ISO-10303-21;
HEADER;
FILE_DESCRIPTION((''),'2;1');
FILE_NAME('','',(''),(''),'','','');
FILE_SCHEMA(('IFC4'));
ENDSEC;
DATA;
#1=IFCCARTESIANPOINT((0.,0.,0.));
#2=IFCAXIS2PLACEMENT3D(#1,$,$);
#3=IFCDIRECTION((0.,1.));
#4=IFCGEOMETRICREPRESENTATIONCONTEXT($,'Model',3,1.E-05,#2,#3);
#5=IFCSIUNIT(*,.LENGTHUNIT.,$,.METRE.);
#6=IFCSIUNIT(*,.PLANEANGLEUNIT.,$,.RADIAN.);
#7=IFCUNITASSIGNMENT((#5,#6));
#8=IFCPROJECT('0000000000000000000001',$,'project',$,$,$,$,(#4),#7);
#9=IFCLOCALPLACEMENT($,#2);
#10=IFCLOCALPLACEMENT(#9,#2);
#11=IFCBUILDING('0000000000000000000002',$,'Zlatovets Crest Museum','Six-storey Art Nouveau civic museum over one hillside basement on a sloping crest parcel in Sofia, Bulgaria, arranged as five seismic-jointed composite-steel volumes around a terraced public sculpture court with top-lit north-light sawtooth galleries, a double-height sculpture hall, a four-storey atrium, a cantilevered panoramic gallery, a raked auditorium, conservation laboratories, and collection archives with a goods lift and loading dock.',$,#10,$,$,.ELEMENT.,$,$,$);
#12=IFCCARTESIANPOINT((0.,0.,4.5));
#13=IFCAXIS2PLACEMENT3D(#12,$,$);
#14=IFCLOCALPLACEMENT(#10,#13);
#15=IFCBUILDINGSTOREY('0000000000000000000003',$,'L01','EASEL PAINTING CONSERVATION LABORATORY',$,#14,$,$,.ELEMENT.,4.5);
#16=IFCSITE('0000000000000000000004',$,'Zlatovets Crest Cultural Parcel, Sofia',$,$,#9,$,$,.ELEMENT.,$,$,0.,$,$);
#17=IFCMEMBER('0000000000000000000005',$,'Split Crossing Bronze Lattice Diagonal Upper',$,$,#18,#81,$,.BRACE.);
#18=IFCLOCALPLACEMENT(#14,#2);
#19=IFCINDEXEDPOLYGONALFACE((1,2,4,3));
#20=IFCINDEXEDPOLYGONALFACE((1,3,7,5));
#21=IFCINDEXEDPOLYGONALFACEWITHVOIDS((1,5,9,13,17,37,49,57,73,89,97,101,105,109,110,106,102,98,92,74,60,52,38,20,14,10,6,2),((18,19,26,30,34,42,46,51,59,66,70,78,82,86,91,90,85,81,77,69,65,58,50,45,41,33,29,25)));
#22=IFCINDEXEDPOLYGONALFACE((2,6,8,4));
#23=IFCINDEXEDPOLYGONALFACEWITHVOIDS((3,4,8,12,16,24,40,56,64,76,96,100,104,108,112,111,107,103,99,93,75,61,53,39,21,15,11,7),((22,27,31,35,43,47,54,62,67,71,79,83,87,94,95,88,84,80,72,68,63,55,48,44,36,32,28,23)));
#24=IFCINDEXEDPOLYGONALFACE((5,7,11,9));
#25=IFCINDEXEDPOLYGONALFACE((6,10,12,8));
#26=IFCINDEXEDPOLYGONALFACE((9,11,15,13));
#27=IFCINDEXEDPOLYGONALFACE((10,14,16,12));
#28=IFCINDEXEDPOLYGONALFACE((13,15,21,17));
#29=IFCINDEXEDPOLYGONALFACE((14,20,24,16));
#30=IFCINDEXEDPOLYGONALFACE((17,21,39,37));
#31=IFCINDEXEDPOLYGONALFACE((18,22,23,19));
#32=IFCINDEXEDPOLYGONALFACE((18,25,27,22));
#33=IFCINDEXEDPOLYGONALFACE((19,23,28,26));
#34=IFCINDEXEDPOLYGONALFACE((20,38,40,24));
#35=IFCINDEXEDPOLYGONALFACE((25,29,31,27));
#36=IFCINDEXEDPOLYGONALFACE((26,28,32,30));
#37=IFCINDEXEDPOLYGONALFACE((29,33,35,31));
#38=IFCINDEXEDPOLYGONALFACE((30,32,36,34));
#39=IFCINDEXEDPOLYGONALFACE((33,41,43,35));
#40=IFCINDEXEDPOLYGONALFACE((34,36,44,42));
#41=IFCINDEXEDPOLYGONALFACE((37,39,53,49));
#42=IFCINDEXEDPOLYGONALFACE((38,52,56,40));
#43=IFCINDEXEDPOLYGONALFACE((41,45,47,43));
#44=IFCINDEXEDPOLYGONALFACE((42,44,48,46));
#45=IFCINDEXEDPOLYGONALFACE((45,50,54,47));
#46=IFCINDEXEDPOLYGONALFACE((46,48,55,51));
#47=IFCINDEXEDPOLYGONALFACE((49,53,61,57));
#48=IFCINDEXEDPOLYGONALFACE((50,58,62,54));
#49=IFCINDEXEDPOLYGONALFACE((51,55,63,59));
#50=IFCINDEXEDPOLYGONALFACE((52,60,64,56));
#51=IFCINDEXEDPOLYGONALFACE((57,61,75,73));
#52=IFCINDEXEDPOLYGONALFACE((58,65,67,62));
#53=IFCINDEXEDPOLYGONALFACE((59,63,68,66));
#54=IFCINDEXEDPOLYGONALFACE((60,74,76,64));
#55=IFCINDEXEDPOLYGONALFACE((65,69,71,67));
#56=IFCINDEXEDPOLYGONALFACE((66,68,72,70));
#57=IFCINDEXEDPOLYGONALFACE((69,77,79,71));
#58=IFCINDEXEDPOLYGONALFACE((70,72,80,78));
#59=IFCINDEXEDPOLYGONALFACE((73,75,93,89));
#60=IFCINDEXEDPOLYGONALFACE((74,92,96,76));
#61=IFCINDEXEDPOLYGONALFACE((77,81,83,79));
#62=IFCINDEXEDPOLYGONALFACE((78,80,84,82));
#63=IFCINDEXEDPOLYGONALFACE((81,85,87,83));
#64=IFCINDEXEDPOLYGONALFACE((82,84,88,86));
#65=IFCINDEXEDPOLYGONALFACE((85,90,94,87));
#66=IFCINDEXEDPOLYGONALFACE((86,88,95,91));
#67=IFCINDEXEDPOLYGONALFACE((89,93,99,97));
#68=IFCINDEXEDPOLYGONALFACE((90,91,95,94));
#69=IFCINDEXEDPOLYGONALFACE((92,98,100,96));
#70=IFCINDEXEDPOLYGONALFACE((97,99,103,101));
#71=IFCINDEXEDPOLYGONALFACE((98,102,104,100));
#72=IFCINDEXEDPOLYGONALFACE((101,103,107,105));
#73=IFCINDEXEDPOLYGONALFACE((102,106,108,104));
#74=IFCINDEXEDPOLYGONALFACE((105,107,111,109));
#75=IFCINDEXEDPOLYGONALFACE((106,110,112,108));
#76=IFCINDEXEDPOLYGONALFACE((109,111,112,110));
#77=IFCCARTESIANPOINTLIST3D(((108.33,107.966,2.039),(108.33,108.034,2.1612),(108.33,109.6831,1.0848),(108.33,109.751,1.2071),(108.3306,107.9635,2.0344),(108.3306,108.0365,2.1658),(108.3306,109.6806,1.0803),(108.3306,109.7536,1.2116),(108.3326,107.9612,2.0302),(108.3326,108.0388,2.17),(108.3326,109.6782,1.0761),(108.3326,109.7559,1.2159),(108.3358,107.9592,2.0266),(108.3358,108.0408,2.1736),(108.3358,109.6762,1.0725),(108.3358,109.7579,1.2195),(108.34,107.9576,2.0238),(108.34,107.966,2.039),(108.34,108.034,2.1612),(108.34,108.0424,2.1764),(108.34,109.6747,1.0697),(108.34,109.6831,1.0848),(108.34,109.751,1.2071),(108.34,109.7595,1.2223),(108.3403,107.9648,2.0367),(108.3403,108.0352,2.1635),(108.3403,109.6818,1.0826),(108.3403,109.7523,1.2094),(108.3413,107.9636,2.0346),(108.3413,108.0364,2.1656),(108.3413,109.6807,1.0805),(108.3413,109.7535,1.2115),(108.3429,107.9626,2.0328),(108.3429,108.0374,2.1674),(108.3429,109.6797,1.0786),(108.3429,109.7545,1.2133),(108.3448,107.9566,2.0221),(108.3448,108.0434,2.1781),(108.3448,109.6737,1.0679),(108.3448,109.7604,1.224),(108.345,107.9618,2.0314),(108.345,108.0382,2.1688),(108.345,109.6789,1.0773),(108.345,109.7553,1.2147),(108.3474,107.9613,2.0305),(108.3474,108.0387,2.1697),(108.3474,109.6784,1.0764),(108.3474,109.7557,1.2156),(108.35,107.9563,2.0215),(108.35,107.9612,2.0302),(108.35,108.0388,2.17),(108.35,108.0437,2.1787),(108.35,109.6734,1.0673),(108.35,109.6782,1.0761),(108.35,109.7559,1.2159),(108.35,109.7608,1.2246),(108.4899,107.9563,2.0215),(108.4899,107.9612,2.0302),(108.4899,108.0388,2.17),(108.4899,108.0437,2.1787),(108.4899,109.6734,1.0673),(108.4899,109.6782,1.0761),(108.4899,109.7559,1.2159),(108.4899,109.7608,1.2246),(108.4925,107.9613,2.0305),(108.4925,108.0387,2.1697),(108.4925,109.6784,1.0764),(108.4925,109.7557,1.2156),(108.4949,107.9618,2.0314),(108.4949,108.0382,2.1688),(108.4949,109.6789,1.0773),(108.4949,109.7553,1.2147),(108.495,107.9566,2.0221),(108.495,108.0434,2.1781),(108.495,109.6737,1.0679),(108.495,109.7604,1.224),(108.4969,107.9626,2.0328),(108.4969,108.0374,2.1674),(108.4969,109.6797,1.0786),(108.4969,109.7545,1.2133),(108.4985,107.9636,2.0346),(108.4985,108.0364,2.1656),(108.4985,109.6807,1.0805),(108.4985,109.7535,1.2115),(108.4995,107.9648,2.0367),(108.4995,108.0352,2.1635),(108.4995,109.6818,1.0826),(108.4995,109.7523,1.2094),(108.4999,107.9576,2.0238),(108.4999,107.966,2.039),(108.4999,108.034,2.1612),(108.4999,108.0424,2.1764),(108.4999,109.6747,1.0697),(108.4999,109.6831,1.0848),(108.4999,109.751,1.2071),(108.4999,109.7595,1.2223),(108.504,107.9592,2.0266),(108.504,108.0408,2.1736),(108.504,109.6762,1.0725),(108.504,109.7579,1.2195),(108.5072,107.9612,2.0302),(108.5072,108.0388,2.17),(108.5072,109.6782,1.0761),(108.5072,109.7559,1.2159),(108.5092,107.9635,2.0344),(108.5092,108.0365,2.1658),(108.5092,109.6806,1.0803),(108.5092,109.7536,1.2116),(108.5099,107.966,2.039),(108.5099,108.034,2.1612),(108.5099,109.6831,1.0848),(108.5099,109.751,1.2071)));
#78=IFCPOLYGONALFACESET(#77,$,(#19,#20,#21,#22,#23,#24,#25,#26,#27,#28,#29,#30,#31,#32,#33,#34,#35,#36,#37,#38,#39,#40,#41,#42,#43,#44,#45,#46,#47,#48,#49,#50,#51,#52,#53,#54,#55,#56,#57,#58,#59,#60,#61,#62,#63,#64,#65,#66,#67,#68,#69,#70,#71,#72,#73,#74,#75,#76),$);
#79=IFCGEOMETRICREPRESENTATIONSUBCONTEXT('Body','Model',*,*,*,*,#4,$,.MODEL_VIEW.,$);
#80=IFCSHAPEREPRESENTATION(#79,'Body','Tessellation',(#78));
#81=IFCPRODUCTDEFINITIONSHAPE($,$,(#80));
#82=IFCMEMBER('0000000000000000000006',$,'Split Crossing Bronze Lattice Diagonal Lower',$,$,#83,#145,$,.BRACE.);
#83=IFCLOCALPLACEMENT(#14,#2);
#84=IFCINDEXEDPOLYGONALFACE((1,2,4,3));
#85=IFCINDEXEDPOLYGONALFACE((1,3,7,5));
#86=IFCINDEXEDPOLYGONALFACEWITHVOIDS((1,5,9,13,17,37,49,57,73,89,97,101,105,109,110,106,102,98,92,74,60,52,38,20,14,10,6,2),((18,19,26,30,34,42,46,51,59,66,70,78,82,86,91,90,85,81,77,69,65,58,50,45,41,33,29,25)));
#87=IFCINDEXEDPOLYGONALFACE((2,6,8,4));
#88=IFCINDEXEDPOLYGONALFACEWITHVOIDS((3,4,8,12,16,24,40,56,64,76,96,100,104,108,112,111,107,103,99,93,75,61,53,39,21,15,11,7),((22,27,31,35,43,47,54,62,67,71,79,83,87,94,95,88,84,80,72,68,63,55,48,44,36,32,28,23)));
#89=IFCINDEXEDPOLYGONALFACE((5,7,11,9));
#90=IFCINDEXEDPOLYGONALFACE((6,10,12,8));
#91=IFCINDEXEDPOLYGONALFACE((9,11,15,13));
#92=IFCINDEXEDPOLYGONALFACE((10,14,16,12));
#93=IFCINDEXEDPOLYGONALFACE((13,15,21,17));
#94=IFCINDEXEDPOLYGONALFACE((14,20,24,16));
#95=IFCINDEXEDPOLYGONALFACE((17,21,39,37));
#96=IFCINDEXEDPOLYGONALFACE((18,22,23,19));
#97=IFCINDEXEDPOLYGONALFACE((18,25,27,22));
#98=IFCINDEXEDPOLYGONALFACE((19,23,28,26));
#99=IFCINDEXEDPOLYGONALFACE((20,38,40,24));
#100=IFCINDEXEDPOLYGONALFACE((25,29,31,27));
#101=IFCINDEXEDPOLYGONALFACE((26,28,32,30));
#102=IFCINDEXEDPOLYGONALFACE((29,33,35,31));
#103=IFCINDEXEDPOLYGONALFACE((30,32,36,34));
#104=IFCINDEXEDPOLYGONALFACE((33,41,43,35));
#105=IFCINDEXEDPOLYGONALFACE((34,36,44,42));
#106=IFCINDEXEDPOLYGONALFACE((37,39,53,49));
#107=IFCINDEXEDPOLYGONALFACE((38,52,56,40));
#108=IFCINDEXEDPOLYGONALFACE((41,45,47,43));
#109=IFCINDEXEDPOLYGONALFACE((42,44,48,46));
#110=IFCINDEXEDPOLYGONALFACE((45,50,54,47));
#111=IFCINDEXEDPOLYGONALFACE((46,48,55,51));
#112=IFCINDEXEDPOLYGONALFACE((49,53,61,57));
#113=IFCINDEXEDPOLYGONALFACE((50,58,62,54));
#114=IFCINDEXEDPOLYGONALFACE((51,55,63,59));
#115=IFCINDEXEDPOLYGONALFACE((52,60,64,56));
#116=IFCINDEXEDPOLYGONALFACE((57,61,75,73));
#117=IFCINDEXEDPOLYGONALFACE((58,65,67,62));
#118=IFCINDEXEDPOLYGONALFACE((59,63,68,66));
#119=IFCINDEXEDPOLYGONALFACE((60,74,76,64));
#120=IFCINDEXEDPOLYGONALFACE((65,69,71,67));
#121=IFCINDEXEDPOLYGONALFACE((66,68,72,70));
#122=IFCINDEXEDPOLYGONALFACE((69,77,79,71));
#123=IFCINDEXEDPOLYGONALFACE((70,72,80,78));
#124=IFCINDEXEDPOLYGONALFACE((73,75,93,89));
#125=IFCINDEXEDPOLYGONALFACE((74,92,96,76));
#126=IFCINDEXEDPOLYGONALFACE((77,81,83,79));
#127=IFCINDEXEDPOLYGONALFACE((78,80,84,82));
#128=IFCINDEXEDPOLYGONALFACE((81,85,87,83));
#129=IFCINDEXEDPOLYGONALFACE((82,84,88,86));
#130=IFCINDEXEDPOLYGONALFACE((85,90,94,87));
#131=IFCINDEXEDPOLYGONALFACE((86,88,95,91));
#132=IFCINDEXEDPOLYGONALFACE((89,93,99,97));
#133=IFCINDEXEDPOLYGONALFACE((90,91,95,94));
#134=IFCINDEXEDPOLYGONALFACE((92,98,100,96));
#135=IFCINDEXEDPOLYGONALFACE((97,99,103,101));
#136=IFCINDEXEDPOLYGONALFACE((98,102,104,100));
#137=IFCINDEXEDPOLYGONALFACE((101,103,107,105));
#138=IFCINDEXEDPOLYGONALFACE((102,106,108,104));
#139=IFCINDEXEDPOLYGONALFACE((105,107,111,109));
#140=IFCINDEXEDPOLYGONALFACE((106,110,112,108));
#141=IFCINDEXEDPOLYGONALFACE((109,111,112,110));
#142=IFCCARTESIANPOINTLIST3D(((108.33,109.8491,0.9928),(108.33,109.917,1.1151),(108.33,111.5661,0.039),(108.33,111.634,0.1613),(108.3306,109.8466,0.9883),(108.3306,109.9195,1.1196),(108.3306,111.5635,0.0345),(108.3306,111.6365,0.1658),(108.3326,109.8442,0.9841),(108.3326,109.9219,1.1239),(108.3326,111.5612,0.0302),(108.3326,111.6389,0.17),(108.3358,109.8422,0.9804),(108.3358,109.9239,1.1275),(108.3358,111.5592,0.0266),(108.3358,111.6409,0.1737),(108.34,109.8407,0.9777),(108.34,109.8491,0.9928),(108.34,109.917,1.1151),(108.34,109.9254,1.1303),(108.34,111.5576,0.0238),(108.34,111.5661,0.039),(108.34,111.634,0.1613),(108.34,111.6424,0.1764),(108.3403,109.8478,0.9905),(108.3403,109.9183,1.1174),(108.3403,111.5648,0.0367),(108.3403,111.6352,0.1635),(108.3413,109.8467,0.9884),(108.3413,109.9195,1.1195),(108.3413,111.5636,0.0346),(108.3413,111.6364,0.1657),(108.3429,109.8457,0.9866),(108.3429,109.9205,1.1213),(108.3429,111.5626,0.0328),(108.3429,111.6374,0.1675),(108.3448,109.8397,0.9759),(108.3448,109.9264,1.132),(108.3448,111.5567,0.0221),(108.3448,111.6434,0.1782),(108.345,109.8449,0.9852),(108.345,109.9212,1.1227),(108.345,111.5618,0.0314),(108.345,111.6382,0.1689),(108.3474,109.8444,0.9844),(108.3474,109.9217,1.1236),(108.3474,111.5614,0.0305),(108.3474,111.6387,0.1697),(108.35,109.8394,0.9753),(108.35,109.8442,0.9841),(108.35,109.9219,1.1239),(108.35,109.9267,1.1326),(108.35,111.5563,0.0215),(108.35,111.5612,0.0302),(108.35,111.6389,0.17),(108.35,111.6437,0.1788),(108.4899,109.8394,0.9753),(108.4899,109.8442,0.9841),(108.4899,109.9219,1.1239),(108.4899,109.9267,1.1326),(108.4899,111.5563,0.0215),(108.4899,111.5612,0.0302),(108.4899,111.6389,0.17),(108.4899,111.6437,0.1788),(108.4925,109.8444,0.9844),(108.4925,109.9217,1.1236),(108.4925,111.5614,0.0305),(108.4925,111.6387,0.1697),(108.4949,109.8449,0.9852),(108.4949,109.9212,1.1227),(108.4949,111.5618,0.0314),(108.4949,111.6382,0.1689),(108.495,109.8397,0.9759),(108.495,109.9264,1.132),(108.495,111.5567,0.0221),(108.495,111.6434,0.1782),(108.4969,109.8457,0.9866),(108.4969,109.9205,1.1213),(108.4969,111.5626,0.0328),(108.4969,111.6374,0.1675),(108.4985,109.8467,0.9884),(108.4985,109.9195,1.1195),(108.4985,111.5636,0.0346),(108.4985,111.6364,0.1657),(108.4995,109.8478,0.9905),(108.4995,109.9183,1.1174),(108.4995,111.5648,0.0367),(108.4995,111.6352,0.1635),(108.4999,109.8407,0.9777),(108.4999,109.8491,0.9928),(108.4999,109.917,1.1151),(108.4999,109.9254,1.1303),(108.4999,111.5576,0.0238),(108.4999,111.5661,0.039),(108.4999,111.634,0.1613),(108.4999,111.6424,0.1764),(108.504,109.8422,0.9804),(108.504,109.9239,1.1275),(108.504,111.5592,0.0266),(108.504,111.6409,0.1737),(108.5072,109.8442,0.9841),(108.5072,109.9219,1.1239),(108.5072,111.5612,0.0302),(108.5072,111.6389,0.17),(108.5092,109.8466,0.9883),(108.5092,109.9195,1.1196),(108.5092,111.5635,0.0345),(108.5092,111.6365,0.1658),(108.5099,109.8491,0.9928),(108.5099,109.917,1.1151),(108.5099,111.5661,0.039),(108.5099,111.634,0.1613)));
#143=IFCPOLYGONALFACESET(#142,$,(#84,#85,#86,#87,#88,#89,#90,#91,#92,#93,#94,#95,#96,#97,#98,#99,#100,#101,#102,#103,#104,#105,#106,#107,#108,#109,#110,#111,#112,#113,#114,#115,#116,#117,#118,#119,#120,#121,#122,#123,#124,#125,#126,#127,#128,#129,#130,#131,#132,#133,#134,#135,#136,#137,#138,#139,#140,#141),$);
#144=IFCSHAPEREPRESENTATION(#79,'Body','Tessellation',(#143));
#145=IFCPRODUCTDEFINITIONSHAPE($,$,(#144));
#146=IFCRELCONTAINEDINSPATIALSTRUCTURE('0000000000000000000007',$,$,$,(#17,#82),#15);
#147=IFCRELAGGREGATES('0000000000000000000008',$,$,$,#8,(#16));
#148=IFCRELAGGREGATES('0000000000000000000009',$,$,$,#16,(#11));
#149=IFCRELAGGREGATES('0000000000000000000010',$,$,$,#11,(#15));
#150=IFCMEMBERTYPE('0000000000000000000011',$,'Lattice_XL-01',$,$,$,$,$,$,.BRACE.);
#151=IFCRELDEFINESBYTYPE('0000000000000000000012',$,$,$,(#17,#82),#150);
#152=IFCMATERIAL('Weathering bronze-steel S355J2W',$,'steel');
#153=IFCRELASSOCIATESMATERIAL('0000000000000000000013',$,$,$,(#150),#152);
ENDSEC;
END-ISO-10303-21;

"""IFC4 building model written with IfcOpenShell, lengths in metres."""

from ifc_helpers import new_model, si_unit, direction, frame, origin, origin_2d, place, context, subcontext, project, spatial, hollow_rectangle, extrude, material, material_profile, profile_set, type_object, element, save


model = new_model("IFC4")

# Units and contexts
model_context = context("Model", 3, precision=1e-05, world=origin(), true_north=direction((0.0, 1.0)))
body_context = subcontext(model_context, "Body", "Model", "MODEL_VIEW")
ifc_project = project(units=[si_unit("LENGTHUNIT", "METRE"), si_unit("PLANEANGLEUNIT", "RADIAN")], contexts=[model_context])

# Site, building, storey
site_placement = place(None, origin())
site = spatial("IfcSite", under=ifc_project, at=site_placement, Name="Zlatovets Crest Cultural Parcel, Sofia", CompositionType="ELEMENT", RefElevation=0.0)
building_placement = place(site_placement, origin())
building = spatial("IfcBuilding", under=site, at=building_placement, Name="Zlatovets Crest Museum", Description="Six-storey Art Nouveau civic museum over one hillside basement on a sloping crest parcel in Sofia, Bulgaria, arranged as five seismic-jointed composite-steel volumes around a terraced public sculpture court with top-lit north-light sawtooth galleries, a double-height sculpture hall, a four-storey atrium, a cantilevered panoramic gallery, a raked auditorium, conservation laboratories, and collection archives with a goods lift and loading dock.", CompositionType="ELEMENT")
storey_placement = place(building_placement, frame((0.0, 0.0, 4.5)))
storey = spatial("IfcBuildingStorey", under=building, at=storey_placement, Name="L01", Description="EASEL PAINTING CONSERVATION LABORATORY", CompositionType="ELEMENT", Elevation=4.5)

# Members
ifc_material_1 = material(Name="Weathering bronze-steel S355J2W", Category="steel")
ifc_material_profile_1 = material_profile(ifc_material_1, hollow_rectangle(XDim=0.1799, YDim=0.1799, WallThickness=0.01, InnerFilletRadius=0.01, OuterFilletRadius=0.02, at=origin_2d()), Name="SHS 180x180x10.0")
ifc_profile_set_1 = profile_set([ifc_material_profile_1], Name="Weathering bronze-steel S355J2W")
member_type_1 = type_object("IfcMemberType", Name="Lattice_XL-01", PredefinedType="BRACE", material=ifc_profile_set_1)
member_1_placement = place(storey_placement, frame((108.4199, 108.0, 2.1001), z_axis=(0.0, 0.874116, -0.485717), x_axis=(-1.0, 0.0, 0.0)))
element("IfcMember", 1, at=member_1_placement, inside=storey, type_object=member_type_1, Name="Split Crossing Bronze Lattice Diagonal Upper", PredefinedType="BRACE", context=body_context, shape_type="SweptSolid", body=[
    extrude(hollow_rectangle(XDim=0.1799, YDim=0.1799, WallThickness=0.01, InnerFilletRadius=0.01, OuterFilletRadius=0.02, at=origin_2d()), origin(), (0.0, 0.0, 1.0), 1.9644),
])
member_2_placement = place(storey_placement, frame((108.4199, 109.8831, 1.054), z_axis=(0.0, 0.874169, -0.485622), x_axis=(-1.0, 0.0, 0.0)))
element("IfcMember", 2, at=member_2_placement, inside=storey, type_object=member_type_1, Name="Split Crossing Bronze Lattice Diagonal Lower", PredefinedType="BRACE", context=body_context, shape_type="SweptSolid", body=[
    extrude(hollow_rectangle(XDim=0.1799, YDim=0.1799, WallThickness=0.01, InnerFilletRadius=0.01, OuterFilletRadius=0.02, at=origin_2d()), origin(), (0.0, 0.0, 1.0), 1.9641),
])

save(model, "model.ifc")
